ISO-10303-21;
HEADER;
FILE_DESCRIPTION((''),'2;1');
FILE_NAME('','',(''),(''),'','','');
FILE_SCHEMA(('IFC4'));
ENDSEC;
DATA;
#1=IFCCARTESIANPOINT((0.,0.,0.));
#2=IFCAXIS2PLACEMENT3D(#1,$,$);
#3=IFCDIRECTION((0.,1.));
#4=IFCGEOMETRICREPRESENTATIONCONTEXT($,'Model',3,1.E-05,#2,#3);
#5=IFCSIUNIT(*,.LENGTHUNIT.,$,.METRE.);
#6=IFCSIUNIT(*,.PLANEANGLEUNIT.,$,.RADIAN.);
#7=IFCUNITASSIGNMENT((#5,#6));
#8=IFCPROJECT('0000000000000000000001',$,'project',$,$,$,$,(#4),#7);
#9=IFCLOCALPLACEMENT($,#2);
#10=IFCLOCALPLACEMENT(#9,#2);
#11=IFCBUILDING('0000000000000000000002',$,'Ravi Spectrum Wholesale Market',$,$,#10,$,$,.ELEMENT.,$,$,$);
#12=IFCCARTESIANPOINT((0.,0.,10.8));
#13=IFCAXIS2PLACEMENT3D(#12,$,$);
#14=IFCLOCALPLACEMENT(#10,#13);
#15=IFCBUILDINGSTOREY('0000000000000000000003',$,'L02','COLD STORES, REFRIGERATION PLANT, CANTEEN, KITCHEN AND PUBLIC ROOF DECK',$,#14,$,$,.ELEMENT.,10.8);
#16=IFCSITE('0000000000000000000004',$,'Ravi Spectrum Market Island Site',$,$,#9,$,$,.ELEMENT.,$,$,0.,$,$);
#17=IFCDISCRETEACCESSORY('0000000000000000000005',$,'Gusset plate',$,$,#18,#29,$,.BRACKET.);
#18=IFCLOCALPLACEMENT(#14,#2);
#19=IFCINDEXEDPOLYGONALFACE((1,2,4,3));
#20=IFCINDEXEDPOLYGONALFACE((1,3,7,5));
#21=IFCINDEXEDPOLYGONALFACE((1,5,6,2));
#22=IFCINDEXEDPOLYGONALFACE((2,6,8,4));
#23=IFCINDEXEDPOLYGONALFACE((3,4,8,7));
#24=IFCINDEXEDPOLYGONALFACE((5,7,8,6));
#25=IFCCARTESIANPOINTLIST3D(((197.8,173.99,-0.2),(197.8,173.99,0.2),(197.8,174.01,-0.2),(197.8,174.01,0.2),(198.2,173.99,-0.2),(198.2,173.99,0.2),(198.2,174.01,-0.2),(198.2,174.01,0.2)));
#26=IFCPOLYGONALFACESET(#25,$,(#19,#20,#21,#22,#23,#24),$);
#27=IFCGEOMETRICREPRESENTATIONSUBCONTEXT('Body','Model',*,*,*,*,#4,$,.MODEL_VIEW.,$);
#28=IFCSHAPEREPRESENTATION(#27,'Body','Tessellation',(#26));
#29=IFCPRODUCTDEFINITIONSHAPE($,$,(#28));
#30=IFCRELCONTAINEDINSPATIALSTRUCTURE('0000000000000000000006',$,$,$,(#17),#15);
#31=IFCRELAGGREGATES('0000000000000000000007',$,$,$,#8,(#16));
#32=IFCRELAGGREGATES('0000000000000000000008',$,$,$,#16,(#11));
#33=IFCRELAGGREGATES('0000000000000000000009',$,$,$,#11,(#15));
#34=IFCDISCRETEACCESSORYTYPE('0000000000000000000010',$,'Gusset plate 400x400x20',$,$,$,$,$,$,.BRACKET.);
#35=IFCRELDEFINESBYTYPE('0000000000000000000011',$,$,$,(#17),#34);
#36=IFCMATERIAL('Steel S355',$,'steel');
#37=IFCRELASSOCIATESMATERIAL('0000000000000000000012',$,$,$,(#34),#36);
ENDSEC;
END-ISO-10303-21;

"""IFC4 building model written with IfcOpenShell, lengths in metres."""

from ifc_helpers import new_model, si_unit, direction, frame, origin, origin_2d, place, context, subcontext, project, spatial, rectangle, extrude, material, material_profile, profile_set, type_object, element, save


model = new_model("IFC4")

# Units and contexts
model_context = context("Model", 3, precision=1e-05, world=origin(), true_north=direction((0.0, 1.0)))
body_context = subcontext(model_context, "Body", "Model", "MODEL_VIEW")
ifc_project = project(units=[si_unit("LENGTHUNIT", "METRE"), si_unit("PLANEANGLEUNIT", "RADIAN")], contexts=[model_context])

# Site, building, storey
site_placement = place(None, origin())
site = spatial("IfcSite", under=ifc_project, at=site_placement, Name="Ravi Spectrum Market Island Site", CompositionType="ELEMENT", RefElevation=0.0)
building_placement = place(site_placement, origin())
building = spatial("IfcBuilding", under=site, at=building_placement, Name="Ravi Spectrum Wholesale Market", CompositionType="ELEMENT")
storey_placement = place(building_placement, frame((0.0, 0.0, 10.8)))
storey = spatial("IfcBuildingStorey", under=building, at=storey_placement, Name="L02", Description="COLD STORES, REFRIGERATION PLANT, CANTEEN, KITCHEN AND PUBLIC ROOF DECK", CompositionType="ELEMENT", Elevation=10.8)

# Discrete accessory
ifc_material_1 = material(Name="Steel S355", Category="steel")
ifc_material_profile_1 = material_profile(ifc_material_1, rectangle(XDim=0.3999, YDim=0.02, at=origin_2d()))
ifc_profile_set_1 = profile_set([ifc_material_profile_1], Name="Steel S355")
discrete_accessory_type_1 = type_object("IfcDiscreteAccessoryType", Name="Gusset plate 400x400x20", PredefinedType="BRACKET", material=ifc_profile_set_1)
for number, where, z_axis, x_axis, name in (
    (1, (198.0, 174.0, -0.2), (0.0, 0.0, 1.0), (1.0, 0.0, 0.0), "Gusset plate"),
):
    element("IfcDiscreteAccessory", number, at=place(storey_placement, frame(where, z_axis=z_axis, x_axis=x_axis)), inside=storey, type_object=discrete_accessory_type_1, Name=name, PredefinedType="BRACKET", context=body_context, shape_type="SweptSolid", body=[
        extrude(rectangle(XDim=0.3999, YDim=0.02, at=origin_2d()), origin(), (0.0, 0.0, 1.0), 0.3999),
    ])

save(model, "model.ifc")
